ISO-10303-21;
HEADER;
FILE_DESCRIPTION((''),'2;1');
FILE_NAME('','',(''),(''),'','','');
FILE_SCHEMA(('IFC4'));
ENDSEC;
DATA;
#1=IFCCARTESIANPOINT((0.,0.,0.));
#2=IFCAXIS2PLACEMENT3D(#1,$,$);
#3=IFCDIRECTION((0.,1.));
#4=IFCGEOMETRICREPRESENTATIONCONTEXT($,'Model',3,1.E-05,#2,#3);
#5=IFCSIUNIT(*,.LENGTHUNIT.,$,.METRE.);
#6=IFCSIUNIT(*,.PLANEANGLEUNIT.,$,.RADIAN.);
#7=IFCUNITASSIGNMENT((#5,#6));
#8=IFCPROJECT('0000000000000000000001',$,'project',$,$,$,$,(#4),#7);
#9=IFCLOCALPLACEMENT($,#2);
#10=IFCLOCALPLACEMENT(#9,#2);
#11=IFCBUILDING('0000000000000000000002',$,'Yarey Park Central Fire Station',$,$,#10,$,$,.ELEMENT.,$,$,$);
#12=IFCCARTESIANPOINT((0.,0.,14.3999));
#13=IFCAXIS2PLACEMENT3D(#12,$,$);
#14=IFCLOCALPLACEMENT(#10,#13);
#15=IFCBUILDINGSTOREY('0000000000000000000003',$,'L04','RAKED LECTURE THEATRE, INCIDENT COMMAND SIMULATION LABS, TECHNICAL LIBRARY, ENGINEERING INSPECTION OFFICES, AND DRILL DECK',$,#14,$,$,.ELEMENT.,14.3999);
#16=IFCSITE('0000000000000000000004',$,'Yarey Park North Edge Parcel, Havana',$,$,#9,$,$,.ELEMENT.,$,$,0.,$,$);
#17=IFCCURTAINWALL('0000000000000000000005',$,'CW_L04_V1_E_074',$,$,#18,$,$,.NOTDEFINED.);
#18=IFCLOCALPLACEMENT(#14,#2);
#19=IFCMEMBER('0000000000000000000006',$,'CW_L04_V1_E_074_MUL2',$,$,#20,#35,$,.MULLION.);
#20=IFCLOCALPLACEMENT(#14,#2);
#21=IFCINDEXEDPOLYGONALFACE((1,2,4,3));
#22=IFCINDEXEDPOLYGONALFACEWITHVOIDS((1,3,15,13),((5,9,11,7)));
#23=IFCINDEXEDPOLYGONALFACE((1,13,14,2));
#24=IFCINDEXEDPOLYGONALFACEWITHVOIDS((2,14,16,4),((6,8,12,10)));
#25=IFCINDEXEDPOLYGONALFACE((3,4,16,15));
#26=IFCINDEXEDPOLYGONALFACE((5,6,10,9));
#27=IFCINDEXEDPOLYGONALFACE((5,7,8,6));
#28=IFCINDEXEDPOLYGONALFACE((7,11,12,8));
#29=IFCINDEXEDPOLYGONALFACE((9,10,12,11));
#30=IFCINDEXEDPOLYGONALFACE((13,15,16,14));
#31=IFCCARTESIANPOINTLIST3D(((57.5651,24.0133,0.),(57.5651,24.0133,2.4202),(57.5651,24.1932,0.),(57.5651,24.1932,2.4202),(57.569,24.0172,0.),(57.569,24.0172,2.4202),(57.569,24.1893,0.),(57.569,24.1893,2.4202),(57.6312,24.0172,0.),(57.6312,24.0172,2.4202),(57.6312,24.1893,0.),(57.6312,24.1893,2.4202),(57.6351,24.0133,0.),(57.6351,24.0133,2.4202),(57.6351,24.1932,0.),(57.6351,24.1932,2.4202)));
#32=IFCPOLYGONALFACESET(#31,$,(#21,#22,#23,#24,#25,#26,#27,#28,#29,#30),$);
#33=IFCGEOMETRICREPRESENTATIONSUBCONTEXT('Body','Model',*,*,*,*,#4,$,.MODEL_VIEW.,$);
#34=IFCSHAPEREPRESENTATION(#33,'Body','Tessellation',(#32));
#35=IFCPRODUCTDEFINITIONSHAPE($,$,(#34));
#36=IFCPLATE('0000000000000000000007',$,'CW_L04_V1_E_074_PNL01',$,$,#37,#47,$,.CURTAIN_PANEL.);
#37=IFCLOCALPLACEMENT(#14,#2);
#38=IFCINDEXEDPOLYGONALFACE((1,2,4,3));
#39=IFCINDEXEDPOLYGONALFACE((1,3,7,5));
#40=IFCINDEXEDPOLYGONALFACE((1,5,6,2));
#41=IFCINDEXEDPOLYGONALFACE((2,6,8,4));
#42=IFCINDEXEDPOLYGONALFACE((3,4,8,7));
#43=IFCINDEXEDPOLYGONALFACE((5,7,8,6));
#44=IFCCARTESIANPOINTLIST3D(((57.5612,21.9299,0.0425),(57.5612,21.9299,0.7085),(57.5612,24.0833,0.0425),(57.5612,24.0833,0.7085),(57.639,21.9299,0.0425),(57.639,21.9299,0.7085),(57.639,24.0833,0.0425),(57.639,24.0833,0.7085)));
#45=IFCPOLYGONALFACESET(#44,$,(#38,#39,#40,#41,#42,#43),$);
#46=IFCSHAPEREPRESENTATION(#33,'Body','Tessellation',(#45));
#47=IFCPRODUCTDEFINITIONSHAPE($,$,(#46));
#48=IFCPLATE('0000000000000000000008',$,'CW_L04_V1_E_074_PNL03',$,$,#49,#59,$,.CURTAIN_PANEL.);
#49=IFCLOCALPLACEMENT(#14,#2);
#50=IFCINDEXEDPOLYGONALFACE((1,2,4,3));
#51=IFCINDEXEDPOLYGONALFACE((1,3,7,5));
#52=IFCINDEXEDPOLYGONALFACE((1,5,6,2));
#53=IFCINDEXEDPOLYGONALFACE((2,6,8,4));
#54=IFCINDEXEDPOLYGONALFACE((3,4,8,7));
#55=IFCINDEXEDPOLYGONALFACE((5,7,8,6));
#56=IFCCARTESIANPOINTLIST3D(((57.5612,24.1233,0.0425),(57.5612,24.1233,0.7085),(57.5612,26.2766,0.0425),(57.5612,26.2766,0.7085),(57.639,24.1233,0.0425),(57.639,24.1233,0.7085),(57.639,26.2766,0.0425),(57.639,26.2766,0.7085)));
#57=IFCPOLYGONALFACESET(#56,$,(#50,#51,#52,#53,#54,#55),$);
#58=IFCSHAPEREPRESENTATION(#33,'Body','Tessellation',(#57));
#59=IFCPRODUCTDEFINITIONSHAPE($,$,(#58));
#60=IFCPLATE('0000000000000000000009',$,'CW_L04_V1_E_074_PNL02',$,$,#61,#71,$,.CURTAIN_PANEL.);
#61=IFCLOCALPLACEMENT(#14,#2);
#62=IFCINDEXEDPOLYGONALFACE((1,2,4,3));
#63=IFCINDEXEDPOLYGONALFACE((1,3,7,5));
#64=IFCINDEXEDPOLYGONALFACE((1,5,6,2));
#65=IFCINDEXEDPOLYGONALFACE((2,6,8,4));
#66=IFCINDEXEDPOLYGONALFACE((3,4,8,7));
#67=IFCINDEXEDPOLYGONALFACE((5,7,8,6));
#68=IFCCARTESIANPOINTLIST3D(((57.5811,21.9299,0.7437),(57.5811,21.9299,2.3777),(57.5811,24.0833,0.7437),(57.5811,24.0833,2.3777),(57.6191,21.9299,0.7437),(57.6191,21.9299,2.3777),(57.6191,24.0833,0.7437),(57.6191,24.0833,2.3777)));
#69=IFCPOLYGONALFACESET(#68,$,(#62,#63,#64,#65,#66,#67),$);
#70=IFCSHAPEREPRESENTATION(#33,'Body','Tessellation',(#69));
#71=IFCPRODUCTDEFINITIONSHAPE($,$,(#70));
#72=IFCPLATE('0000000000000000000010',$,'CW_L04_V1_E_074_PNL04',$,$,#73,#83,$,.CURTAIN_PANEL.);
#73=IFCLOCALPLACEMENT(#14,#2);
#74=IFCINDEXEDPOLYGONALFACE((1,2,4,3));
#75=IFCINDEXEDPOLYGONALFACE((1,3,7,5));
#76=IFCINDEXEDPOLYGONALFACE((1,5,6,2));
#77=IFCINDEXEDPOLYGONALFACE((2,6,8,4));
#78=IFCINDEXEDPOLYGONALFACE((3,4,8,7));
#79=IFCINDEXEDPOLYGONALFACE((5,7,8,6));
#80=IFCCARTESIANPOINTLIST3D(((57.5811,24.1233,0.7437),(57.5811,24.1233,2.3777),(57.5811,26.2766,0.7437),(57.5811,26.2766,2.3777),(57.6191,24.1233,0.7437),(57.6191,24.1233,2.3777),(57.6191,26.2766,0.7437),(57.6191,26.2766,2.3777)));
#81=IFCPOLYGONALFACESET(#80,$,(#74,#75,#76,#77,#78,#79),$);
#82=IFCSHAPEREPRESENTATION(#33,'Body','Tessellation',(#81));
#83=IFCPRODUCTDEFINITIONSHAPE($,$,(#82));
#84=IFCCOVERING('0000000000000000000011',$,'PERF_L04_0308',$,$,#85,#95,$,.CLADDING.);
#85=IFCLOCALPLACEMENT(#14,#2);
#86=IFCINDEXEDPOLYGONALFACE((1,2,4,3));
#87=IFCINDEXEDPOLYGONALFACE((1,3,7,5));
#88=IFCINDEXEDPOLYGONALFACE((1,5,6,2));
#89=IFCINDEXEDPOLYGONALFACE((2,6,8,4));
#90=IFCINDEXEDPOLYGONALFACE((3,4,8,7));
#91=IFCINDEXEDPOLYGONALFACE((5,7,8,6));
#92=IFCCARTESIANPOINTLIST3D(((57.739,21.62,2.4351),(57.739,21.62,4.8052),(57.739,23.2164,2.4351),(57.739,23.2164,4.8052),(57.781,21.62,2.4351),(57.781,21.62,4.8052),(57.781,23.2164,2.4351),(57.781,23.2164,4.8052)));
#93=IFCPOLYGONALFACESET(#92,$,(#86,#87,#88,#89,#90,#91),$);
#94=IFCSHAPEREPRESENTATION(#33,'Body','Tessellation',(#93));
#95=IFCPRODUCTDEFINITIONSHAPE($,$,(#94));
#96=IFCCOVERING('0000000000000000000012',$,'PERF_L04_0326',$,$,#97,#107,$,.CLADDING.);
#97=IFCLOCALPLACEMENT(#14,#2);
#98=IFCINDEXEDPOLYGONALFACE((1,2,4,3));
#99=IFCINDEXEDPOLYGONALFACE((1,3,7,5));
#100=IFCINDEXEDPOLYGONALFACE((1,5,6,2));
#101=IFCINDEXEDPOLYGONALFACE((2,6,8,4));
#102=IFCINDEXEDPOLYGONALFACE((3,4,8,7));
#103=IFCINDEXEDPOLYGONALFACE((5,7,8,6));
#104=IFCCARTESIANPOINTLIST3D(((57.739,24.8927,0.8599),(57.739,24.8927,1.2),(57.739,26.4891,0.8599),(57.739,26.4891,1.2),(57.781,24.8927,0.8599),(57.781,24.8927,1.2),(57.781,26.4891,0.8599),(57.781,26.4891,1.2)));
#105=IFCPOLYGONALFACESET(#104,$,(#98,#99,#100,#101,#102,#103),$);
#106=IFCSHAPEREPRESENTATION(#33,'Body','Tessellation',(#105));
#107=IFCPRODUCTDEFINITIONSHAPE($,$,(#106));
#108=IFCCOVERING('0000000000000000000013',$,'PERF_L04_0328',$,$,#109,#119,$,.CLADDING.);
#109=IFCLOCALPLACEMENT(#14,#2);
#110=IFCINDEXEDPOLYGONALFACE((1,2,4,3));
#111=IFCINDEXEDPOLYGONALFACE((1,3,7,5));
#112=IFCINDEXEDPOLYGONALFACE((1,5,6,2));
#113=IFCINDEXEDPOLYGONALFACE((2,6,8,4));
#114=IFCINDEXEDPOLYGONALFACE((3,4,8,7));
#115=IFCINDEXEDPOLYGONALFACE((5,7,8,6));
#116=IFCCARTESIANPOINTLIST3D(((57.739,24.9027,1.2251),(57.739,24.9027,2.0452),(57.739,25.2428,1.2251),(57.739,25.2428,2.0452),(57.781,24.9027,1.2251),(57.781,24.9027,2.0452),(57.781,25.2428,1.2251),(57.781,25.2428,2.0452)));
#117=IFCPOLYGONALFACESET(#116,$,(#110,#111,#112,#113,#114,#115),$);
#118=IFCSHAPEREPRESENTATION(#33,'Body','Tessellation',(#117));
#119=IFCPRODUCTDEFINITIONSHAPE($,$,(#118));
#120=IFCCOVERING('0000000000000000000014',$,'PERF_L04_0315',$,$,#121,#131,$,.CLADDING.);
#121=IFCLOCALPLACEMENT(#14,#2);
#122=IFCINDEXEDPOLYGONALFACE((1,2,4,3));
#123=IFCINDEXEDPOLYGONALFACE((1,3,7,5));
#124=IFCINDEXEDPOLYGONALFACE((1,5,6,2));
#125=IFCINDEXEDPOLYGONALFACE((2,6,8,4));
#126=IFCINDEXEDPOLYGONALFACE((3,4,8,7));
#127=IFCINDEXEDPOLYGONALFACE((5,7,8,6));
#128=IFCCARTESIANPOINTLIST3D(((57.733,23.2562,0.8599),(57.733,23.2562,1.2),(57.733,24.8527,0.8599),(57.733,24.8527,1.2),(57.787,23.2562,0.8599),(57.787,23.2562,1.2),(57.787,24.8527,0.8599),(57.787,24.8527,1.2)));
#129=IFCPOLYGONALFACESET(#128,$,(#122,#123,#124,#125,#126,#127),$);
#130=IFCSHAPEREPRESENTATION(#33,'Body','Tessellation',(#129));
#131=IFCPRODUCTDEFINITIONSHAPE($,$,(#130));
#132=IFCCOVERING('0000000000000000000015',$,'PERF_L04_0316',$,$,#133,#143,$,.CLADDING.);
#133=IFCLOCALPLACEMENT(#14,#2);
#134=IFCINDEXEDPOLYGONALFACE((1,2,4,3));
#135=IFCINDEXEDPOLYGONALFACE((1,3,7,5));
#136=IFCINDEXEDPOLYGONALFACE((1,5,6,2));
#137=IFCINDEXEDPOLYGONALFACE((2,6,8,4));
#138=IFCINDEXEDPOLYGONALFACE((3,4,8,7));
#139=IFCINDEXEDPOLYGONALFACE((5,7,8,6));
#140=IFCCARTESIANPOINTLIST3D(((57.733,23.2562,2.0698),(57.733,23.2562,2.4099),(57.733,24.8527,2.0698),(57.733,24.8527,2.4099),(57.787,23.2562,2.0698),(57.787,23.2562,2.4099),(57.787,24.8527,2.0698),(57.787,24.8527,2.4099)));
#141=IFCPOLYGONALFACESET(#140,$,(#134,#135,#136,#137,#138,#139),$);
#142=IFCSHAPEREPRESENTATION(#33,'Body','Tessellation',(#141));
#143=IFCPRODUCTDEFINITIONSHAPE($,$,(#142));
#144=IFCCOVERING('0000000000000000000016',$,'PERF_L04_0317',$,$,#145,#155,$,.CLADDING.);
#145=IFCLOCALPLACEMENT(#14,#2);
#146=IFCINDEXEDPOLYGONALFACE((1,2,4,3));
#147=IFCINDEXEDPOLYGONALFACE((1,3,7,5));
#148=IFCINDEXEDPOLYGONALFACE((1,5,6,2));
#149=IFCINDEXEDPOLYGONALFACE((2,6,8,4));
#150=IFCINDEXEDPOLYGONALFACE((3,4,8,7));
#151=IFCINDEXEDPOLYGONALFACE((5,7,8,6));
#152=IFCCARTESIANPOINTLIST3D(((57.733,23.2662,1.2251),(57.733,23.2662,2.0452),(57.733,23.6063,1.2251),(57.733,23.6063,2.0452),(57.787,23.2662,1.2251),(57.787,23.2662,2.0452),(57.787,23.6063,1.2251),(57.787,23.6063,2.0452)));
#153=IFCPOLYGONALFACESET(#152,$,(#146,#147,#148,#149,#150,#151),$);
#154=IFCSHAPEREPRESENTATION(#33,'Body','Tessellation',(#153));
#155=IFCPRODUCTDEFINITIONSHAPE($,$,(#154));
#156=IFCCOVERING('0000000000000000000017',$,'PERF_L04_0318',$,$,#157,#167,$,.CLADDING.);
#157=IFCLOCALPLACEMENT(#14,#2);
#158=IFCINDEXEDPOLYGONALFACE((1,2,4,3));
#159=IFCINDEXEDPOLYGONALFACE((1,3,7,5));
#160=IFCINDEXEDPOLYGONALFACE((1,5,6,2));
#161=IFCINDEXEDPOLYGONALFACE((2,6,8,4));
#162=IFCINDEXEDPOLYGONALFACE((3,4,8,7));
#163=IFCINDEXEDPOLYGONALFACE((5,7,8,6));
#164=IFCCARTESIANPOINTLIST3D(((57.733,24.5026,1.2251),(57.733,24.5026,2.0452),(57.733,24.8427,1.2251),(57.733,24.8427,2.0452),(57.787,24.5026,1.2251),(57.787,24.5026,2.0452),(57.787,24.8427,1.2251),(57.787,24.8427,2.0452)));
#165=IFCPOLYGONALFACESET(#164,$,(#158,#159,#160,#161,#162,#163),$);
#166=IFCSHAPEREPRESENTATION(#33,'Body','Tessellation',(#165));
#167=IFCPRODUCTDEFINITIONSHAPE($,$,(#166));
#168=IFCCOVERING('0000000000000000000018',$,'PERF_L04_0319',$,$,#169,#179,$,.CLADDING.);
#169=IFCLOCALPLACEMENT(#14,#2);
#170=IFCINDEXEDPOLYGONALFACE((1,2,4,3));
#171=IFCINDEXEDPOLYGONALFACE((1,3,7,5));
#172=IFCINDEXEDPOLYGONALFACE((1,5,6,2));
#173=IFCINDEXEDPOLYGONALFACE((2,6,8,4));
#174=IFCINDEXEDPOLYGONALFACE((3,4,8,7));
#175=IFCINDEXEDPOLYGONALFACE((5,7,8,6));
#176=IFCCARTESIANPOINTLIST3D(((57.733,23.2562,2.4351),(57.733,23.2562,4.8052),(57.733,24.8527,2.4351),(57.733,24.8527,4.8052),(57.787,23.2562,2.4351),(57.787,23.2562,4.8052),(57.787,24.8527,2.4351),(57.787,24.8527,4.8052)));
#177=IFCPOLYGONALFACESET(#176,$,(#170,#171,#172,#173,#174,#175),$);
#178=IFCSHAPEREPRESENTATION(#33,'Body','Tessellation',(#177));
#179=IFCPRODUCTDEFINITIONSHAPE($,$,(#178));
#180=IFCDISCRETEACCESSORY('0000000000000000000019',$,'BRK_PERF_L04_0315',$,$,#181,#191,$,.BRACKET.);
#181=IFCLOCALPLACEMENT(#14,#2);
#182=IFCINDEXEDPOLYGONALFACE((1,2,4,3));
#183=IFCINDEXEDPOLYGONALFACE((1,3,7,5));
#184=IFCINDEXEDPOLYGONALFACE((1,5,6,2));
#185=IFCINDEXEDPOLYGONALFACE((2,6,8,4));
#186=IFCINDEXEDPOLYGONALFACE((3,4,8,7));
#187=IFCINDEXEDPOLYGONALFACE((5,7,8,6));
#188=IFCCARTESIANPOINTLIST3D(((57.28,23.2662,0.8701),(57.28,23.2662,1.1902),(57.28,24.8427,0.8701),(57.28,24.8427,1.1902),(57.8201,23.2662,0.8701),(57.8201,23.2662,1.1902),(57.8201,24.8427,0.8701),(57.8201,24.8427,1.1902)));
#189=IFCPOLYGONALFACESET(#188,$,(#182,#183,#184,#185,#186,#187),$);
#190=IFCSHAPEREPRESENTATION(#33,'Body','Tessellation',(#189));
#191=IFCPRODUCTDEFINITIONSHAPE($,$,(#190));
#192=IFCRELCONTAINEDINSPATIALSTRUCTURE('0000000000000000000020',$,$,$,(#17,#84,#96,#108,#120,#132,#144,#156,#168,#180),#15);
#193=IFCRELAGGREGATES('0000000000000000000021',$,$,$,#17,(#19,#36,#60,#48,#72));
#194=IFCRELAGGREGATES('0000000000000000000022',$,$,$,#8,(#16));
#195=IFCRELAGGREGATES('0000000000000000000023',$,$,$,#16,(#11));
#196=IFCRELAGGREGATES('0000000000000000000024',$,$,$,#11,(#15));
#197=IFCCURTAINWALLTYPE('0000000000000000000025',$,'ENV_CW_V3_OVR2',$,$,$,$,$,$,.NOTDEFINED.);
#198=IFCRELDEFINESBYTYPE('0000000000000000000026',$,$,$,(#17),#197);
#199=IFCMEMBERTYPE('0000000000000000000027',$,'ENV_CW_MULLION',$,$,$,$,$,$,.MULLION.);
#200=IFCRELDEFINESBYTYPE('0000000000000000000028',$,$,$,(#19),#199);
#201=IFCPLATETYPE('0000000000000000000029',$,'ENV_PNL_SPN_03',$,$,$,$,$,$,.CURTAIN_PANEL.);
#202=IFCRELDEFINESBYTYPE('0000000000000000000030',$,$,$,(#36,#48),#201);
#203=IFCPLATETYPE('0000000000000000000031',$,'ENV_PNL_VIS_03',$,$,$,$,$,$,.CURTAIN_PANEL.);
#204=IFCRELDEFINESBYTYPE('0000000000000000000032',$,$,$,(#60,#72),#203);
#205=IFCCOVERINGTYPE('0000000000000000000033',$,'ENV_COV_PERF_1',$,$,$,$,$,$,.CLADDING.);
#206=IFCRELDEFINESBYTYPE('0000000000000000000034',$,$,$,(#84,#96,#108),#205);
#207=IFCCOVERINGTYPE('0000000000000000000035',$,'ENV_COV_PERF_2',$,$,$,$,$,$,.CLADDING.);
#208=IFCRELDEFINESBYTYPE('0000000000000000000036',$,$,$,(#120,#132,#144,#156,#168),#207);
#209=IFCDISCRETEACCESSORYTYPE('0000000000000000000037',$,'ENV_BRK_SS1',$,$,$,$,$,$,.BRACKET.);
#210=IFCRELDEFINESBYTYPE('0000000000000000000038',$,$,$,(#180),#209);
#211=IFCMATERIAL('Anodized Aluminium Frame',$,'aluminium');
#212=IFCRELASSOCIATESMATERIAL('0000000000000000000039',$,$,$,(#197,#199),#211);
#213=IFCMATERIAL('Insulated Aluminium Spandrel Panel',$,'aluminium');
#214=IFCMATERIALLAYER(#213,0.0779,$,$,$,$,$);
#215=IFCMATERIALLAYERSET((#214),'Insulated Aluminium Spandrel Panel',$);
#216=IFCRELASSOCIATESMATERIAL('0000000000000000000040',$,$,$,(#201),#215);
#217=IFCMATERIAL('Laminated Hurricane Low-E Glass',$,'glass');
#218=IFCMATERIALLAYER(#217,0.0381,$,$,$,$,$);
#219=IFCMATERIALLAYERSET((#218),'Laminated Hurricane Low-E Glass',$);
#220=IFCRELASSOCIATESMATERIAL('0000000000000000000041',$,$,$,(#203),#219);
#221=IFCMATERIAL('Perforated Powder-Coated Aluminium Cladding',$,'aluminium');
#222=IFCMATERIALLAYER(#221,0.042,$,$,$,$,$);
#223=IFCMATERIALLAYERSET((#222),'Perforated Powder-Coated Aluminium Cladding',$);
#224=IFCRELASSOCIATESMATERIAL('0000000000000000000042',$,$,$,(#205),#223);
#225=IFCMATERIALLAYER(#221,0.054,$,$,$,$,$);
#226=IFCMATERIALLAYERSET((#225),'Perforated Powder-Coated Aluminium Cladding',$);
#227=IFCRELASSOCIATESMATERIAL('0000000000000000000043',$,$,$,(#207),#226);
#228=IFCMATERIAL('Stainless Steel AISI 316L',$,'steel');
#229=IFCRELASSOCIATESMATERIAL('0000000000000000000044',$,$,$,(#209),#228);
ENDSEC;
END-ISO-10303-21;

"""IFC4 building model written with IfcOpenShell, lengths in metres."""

from ifc_helpers import new_model, si_unit, direction, frame, origin, origin_2d, place, context, subcontext, project, spatial, rectangle, hollow_rectangle, extrude, material, layer, layer_set, material_profile, profile_set, type_object, element, aggregate, save


model = new_model("IFC4")

# Units and contexts
model_context = context("Model", 3, precision=1e-05, world=origin(), true_north=direction((0.0, 1.0)))
body_context = subcontext(model_context, "Body", "Model", "MODEL_VIEW")
ifc_project = project(units=[si_unit("LENGTHUNIT", "METRE"), si_unit("PLANEANGLEUNIT", "RADIAN")], contexts=[model_context])

# Site, building, storey
site_placement = place(None, origin())
site = spatial("IfcSite", under=ifc_project, at=site_placement, Name="Yarey Park North Edge Parcel, Havana", CompositionType="ELEMENT", RefElevation=0.0)
building_placement = place(site_placement, origin())
building = spatial("IfcBuilding", under=site, at=building_placement, Name="Yarey Park Central Fire Station", CompositionType="ELEMENT")
storey_placement = place(building_placement, frame((0.0, 0.0, 14.3999)))
storey = spatial("IfcBuildingStorey", under=building, at=storey_placement, Name="L04", Description="RAKED LECTURE THEATRE, INCIDENT COMMAND SIMULATION LABS, TECHNICAL LIBRARY, ENGINEERING INSPECTION OFFICES, AND DRILL DECK", CompositionType="ELEMENT", Elevation=14.3999)

# Curtain wall, member, plates
ifc_material_1 = material(Name="Anodized Aluminium Frame", Category="aluminium")
curtain_wall_type = type_object("IfcCurtainWallType", Name="ENV_CW_V3_OVR2", PredefinedType="NOTDEFINED", material=ifc_material_1)
curtain_wall_placement = place(storey_placement, origin())
curtain_wall = element("IfcCurtainWall", 1, at=curtain_wall_placement, inside=storey, type_object=curtain_wall_type, Name="CW_L04_V1_E_074", PredefinedType="NOTDEFINED")
ifc_material_profile = material_profile(ifc_material_1, hollow_rectangle(XDim=0.0701, YDim=0.1799, WallThickness=0.0039, at=origin_2d()), Name="ALU 180x70x4")
ifc_profile_set = profile_set([ifc_material_profile], Name="Anodized Aluminium Frame")
member_type = type_object("IfcMemberType", Name="ENV_CW_MULLION", PredefinedType="MULLION", material=ifc_profile_set)
member_placement = place(storey_placement, frame((57.6001, 24.1033, 0.0), z_axis=(0.0, 0.0, 1.0), x_axis=(1.0, 0.0, 0.0)))
member = element("IfcMember", 2, at=member_placement, type_object=member_type, Name="CW_L04_V1_E_074_MUL2", PredefinedType="MULLION", context=body_context, shape_type="SweptSolid", body=[
    extrude(hollow_rectangle(XDim=0.0701, YDim=0.1799, WallThickness=0.0039, at=origin_2d()), origin(), (0.0, 0.0, 1.0), 2.4202),
])
ifc_material_2 = material(Name="Insulated Aluminium Spandrel Panel", Category="aluminium")
ifc_layer_1 = layer(ifc_material_2, 0.0779)
ifc_layer_set_1 = layer_set([ifc_layer_1], Name="Insulated Aluminium Spandrel Panel")
plate_type_1 = type_object("IfcPlateType", Name="ENV_PNL_SPN_03", PredefinedType="CURTAIN_PANEL", material=ifc_layer_set_1)
plate_1_placement = place(storey_placement, frame((57.6001, 23.0066, 0.0425), z_axis=(0.0, 0.0, 1.0), x_axis=(0.0, 1.0, 0.0)))
plate_1 = element("IfcPlate", 3, at=plate_1_placement, type_object=plate_type_1, Name="CW_L04_V1_E_074_PNL01", PredefinedType="CURTAIN_PANEL", context=body_context, shape_type="SweptSolid", body=[
    extrude(rectangle(XDim=2.1533, YDim=0.0779, at=origin_2d()), origin(), (0.0, 0.0, 1.0), 0.666),
])
plate_2_placement = place(storey_placement, frame((57.6001, 25.2, 0.0425), z_axis=(0.0, 0.0, 1.0), x_axis=(0.0, 1.0, 0.0)))
plate_2 = element("IfcPlate", 4, at=plate_2_placement, type_object=plate_type_1, Name="CW_L04_V1_E_074_PNL03", PredefinedType="CURTAIN_PANEL", context=body_context, shape_type="SweptSolid", body=[
    extrude(rectangle(XDim=2.1533, YDim=0.0779, at=origin_2d()), origin(), (0.0, 0.0, 1.0), 0.666),
])
ifc_material_3 = material(Name="Laminated Hurricane Low-E Glass", Category="glass")
ifc_layer_2 = layer(ifc_material_3, 0.0381)
ifc_layer_set_2 = layer_set([ifc_layer_2], Name="Laminated Hurricane Low-E Glass")
plate_type_2 = type_object("IfcPlateType", Name="ENV_PNL_VIS_03", PredefinedType="CURTAIN_PANEL", material=ifc_layer_set_2)
plate_3_placement = place(storey_placement, frame((57.6001, 23.0066, 0.7437), z_axis=(0.0, 0.0, 1.0), x_axis=(0.0, 1.0, 0.0)))
plate_3 = element("IfcPlate", 5, at=plate_3_placement, type_object=plate_type_2, Name="CW_L04_V1_E_074_PNL02", PredefinedType="CURTAIN_PANEL", context=body_context, shape_type="SweptSolid", body=[
    extrude(rectangle(XDim=2.1533, YDim=0.0381, at=origin_2d()), origin(), (0.0, 0.0, 1.0), 1.634),
])
plate_4_placement = place(storey_placement, frame((57.6001, 25.2, 0.7437), z_axis=(0.0, 0.0, 1.0), x_axis=(0.0, 1.0, 0.0)))
plate_4 = element("IfcPlate", 6, at=plate_4_placement, type_object=plate_type_2, Name="CW_L04_V1_E_074_PNL04", PredefinedType="CURTAIN_PANEL", context=body_context, shape_type="SweptSolid", body=[
    extrude(rectangle(XDim=2.1533, YDim=0.0381, at=origin_2d()), origin(), (0.0, 0.0, 1.0), 1.634),
])
aggregate(curtain_wall, [member, plate_1, plate_3, plate_2, plate_4])

# Coverings
ifc_material_4 = material(Name="Perforated Powder-Coated Aluminium Cladding", Category="aluminium")
ifc_layer_3 = layer(ifc_material_4, 0.042)
ifc_layer_set_3 = layer_set([ifc_layer_3], Name="Perforated Powder-Coated Aluminium Cladding")
covering_type_1 = type_object("IfcCoveringType", Name="ENV_COV_PERF_1", PredefinedType="CLADDING", material=ifc_layer_set_3)
covering_1_placement = place(storey_placement, frame((57.76, 22.4182, 2.4351), z_axis=(0.0, 0.0, 1.0), x_axis=(0.0, 1.0, 0.0)))
element("IfcCovering", 7, at=covering_1_placement, inside=storey, type_object=covering_type_1, Name="PERF_L04_0308", PredefinedType="CLADDING", context=body_context, shape_type="SweptSolid", body=[
    extrude(rectangle(XDim=1.5964, YDim=0.042, at=origin_2d()), origin(), (0.0, 0.0, 1.0), 2.3701),
])
covering_2_placement = place(storey_placement, frame((57.76, 25.6909, 0.8599), z_axis=(0.0, 0.0, 1.0), x_axis=(0.0, 1.0, 0.0)))
element("IfcCovering", 8, at=covering_2_placement, inside=storey, type_object=covering_type_1, Name="PERF_L04_0326", PredefinedType="CLADDING", context=body_context, shape_type="SweptSolid", body=[
    extrude(rectangle(XDim=1.5964, YDim=0.042, at=origin_2d()), origin(), (0.0, 0.0, 1.0), 0.3401),
])
covering_3_placement = place(storey_placement, frame((57.76, 25.0728, 1.2251), z_axis=(0.0, 0.0, 1.0), x_axis=(0.0, 1.0, 0.0)))
element("IfcCovering", 9, at=covering_3_placement, inside=storey, type_object=covering_type_1, Name="PERF_L04_0328", PredefinedType="CLADDING", context=body_context, shape_type="SweptSolid", body=[
    extrude(rectangle(XDim=0.3401, YDim=0.042, at=origin_2d()), origin(), (0.0, 0.0, 1.0), 0.8201),
])
ifc_layer_4 = layer(ifc_material_4, 0.054)
ifc_layer_set_4 = layer_set([ifc_layer_4], Name="Perforated Powder-Coated Aluminium Cladding")
covering_type_2 = type_object("IfcCoveringType", Name="ENV_COV_PERF_2", PredefinedType="CLADDING", material=ifc_layer_set_4)
for number, where, z_axis, x_axis, name in (
    (10, (57.76, 24.0544, 0.8599), (0.0, 0.0, 1.0), (0.0, 1.0, 0.0), "PERF_L04_0315"),
    (11, (57.76, 24.0544, 2.0698), (0.0, 0.0, 1.0), (0.0, 1.0, 0.0), "PERF_L04_0316"),
):
    element("IfcCovering", number, at=place(storey_placement, frame(where, z_axis=z_axis, x_axis=x_axis)), inside=storey, type_object=covering_type_2, Name=name, PredefinedType="CLADDING", context=body_context, shape_type="SweptSolid", body=[
        extrude(rectangle(XDim=1.5964, YDim=0.054, at=origin_2d()), origin(), (0.0, 0.0, 1.0), 0.3401),
    ])
for number, where, z_axis, x_axis, name in (
    (12, (57.76, 23.4363, 1.2251), (0.0, 0.0, 1.0), (0.0, 1.0, 0.0), "PERF_L04_0317"),
    (13, (57.76, 24.6726, 1.2251), (0.0, 0.0, 1.0), (0.0, 1.0, 0.0), "PERF_L04_0318"),
):
    element("IfcCovering", number, at=place(storey_placement, frame(where, z_axis=z_axis, x_axis=x_axis)), inside=storey, type_object=covering_type_2, Name=name, PredefinedType="CLADDING", context=body_context, shape_type="SweptSolid", body=[
        extrude(rectangle(XDim=0.3401, YDim=0.054, at=origin_2d()), origin(), (0.0, 0.0, 1.0), 0.8201),
    ])
covering_4_placement = place(storey_placement, frame((57.76, 24.0544, 2.4351), z_axis=(0.0, 0.0, 1.0), x_axis=(0.0, 1.0, 0.0)))
element("IfcCovering", 14, at=covering_4_placement, inside=storey, type_object=covering_type_2, Name="PERF_L04_0319", PredefinedType="CLADDING", context=body_context, shape_type="SweptSolid", body=[
    extrude(rectangle(XDim=1.5964, YDim=0.054, at=origin_2d()), origin(), (0.0, 0.0, 1.0), 2.3701),
])

# Discrete accessory
ifc_material_5 = material(Name="Stainless Steel AISI 316L", Category="steel")
discrete_accessory_type = type_object("IfcDiscreteAccessoryType", Name="ENV_BRK_SS1", PredefinedType="BRACKET", material=ifc_material_5)
for number, where, z_axis, x_axis, name in (
    (15, (57.55, 24.0544, 0.8701), (0.0, 0.0, 1.0), (1.0, 0.0, 0.0), "BRK_PERF_L04_0315"),
):
    element("IfcDiscreteAccessory", number, at=place(storey_placement, frame(where, z_axis=z_axis, x_axis=x_axis)), inside=storey, type_object=discrete_accessory_type, Name=name, PredefinedType="BRACKET", context=body_context, shape_type="SweptSolid", body=[
        extrude(rectangle(XDim=0.54, YDim=1.5764, at=origin_2d()), origin(), (0.0, 0.0, 1.0), 0.3201),
    ])

save(model, "model.ifc")
